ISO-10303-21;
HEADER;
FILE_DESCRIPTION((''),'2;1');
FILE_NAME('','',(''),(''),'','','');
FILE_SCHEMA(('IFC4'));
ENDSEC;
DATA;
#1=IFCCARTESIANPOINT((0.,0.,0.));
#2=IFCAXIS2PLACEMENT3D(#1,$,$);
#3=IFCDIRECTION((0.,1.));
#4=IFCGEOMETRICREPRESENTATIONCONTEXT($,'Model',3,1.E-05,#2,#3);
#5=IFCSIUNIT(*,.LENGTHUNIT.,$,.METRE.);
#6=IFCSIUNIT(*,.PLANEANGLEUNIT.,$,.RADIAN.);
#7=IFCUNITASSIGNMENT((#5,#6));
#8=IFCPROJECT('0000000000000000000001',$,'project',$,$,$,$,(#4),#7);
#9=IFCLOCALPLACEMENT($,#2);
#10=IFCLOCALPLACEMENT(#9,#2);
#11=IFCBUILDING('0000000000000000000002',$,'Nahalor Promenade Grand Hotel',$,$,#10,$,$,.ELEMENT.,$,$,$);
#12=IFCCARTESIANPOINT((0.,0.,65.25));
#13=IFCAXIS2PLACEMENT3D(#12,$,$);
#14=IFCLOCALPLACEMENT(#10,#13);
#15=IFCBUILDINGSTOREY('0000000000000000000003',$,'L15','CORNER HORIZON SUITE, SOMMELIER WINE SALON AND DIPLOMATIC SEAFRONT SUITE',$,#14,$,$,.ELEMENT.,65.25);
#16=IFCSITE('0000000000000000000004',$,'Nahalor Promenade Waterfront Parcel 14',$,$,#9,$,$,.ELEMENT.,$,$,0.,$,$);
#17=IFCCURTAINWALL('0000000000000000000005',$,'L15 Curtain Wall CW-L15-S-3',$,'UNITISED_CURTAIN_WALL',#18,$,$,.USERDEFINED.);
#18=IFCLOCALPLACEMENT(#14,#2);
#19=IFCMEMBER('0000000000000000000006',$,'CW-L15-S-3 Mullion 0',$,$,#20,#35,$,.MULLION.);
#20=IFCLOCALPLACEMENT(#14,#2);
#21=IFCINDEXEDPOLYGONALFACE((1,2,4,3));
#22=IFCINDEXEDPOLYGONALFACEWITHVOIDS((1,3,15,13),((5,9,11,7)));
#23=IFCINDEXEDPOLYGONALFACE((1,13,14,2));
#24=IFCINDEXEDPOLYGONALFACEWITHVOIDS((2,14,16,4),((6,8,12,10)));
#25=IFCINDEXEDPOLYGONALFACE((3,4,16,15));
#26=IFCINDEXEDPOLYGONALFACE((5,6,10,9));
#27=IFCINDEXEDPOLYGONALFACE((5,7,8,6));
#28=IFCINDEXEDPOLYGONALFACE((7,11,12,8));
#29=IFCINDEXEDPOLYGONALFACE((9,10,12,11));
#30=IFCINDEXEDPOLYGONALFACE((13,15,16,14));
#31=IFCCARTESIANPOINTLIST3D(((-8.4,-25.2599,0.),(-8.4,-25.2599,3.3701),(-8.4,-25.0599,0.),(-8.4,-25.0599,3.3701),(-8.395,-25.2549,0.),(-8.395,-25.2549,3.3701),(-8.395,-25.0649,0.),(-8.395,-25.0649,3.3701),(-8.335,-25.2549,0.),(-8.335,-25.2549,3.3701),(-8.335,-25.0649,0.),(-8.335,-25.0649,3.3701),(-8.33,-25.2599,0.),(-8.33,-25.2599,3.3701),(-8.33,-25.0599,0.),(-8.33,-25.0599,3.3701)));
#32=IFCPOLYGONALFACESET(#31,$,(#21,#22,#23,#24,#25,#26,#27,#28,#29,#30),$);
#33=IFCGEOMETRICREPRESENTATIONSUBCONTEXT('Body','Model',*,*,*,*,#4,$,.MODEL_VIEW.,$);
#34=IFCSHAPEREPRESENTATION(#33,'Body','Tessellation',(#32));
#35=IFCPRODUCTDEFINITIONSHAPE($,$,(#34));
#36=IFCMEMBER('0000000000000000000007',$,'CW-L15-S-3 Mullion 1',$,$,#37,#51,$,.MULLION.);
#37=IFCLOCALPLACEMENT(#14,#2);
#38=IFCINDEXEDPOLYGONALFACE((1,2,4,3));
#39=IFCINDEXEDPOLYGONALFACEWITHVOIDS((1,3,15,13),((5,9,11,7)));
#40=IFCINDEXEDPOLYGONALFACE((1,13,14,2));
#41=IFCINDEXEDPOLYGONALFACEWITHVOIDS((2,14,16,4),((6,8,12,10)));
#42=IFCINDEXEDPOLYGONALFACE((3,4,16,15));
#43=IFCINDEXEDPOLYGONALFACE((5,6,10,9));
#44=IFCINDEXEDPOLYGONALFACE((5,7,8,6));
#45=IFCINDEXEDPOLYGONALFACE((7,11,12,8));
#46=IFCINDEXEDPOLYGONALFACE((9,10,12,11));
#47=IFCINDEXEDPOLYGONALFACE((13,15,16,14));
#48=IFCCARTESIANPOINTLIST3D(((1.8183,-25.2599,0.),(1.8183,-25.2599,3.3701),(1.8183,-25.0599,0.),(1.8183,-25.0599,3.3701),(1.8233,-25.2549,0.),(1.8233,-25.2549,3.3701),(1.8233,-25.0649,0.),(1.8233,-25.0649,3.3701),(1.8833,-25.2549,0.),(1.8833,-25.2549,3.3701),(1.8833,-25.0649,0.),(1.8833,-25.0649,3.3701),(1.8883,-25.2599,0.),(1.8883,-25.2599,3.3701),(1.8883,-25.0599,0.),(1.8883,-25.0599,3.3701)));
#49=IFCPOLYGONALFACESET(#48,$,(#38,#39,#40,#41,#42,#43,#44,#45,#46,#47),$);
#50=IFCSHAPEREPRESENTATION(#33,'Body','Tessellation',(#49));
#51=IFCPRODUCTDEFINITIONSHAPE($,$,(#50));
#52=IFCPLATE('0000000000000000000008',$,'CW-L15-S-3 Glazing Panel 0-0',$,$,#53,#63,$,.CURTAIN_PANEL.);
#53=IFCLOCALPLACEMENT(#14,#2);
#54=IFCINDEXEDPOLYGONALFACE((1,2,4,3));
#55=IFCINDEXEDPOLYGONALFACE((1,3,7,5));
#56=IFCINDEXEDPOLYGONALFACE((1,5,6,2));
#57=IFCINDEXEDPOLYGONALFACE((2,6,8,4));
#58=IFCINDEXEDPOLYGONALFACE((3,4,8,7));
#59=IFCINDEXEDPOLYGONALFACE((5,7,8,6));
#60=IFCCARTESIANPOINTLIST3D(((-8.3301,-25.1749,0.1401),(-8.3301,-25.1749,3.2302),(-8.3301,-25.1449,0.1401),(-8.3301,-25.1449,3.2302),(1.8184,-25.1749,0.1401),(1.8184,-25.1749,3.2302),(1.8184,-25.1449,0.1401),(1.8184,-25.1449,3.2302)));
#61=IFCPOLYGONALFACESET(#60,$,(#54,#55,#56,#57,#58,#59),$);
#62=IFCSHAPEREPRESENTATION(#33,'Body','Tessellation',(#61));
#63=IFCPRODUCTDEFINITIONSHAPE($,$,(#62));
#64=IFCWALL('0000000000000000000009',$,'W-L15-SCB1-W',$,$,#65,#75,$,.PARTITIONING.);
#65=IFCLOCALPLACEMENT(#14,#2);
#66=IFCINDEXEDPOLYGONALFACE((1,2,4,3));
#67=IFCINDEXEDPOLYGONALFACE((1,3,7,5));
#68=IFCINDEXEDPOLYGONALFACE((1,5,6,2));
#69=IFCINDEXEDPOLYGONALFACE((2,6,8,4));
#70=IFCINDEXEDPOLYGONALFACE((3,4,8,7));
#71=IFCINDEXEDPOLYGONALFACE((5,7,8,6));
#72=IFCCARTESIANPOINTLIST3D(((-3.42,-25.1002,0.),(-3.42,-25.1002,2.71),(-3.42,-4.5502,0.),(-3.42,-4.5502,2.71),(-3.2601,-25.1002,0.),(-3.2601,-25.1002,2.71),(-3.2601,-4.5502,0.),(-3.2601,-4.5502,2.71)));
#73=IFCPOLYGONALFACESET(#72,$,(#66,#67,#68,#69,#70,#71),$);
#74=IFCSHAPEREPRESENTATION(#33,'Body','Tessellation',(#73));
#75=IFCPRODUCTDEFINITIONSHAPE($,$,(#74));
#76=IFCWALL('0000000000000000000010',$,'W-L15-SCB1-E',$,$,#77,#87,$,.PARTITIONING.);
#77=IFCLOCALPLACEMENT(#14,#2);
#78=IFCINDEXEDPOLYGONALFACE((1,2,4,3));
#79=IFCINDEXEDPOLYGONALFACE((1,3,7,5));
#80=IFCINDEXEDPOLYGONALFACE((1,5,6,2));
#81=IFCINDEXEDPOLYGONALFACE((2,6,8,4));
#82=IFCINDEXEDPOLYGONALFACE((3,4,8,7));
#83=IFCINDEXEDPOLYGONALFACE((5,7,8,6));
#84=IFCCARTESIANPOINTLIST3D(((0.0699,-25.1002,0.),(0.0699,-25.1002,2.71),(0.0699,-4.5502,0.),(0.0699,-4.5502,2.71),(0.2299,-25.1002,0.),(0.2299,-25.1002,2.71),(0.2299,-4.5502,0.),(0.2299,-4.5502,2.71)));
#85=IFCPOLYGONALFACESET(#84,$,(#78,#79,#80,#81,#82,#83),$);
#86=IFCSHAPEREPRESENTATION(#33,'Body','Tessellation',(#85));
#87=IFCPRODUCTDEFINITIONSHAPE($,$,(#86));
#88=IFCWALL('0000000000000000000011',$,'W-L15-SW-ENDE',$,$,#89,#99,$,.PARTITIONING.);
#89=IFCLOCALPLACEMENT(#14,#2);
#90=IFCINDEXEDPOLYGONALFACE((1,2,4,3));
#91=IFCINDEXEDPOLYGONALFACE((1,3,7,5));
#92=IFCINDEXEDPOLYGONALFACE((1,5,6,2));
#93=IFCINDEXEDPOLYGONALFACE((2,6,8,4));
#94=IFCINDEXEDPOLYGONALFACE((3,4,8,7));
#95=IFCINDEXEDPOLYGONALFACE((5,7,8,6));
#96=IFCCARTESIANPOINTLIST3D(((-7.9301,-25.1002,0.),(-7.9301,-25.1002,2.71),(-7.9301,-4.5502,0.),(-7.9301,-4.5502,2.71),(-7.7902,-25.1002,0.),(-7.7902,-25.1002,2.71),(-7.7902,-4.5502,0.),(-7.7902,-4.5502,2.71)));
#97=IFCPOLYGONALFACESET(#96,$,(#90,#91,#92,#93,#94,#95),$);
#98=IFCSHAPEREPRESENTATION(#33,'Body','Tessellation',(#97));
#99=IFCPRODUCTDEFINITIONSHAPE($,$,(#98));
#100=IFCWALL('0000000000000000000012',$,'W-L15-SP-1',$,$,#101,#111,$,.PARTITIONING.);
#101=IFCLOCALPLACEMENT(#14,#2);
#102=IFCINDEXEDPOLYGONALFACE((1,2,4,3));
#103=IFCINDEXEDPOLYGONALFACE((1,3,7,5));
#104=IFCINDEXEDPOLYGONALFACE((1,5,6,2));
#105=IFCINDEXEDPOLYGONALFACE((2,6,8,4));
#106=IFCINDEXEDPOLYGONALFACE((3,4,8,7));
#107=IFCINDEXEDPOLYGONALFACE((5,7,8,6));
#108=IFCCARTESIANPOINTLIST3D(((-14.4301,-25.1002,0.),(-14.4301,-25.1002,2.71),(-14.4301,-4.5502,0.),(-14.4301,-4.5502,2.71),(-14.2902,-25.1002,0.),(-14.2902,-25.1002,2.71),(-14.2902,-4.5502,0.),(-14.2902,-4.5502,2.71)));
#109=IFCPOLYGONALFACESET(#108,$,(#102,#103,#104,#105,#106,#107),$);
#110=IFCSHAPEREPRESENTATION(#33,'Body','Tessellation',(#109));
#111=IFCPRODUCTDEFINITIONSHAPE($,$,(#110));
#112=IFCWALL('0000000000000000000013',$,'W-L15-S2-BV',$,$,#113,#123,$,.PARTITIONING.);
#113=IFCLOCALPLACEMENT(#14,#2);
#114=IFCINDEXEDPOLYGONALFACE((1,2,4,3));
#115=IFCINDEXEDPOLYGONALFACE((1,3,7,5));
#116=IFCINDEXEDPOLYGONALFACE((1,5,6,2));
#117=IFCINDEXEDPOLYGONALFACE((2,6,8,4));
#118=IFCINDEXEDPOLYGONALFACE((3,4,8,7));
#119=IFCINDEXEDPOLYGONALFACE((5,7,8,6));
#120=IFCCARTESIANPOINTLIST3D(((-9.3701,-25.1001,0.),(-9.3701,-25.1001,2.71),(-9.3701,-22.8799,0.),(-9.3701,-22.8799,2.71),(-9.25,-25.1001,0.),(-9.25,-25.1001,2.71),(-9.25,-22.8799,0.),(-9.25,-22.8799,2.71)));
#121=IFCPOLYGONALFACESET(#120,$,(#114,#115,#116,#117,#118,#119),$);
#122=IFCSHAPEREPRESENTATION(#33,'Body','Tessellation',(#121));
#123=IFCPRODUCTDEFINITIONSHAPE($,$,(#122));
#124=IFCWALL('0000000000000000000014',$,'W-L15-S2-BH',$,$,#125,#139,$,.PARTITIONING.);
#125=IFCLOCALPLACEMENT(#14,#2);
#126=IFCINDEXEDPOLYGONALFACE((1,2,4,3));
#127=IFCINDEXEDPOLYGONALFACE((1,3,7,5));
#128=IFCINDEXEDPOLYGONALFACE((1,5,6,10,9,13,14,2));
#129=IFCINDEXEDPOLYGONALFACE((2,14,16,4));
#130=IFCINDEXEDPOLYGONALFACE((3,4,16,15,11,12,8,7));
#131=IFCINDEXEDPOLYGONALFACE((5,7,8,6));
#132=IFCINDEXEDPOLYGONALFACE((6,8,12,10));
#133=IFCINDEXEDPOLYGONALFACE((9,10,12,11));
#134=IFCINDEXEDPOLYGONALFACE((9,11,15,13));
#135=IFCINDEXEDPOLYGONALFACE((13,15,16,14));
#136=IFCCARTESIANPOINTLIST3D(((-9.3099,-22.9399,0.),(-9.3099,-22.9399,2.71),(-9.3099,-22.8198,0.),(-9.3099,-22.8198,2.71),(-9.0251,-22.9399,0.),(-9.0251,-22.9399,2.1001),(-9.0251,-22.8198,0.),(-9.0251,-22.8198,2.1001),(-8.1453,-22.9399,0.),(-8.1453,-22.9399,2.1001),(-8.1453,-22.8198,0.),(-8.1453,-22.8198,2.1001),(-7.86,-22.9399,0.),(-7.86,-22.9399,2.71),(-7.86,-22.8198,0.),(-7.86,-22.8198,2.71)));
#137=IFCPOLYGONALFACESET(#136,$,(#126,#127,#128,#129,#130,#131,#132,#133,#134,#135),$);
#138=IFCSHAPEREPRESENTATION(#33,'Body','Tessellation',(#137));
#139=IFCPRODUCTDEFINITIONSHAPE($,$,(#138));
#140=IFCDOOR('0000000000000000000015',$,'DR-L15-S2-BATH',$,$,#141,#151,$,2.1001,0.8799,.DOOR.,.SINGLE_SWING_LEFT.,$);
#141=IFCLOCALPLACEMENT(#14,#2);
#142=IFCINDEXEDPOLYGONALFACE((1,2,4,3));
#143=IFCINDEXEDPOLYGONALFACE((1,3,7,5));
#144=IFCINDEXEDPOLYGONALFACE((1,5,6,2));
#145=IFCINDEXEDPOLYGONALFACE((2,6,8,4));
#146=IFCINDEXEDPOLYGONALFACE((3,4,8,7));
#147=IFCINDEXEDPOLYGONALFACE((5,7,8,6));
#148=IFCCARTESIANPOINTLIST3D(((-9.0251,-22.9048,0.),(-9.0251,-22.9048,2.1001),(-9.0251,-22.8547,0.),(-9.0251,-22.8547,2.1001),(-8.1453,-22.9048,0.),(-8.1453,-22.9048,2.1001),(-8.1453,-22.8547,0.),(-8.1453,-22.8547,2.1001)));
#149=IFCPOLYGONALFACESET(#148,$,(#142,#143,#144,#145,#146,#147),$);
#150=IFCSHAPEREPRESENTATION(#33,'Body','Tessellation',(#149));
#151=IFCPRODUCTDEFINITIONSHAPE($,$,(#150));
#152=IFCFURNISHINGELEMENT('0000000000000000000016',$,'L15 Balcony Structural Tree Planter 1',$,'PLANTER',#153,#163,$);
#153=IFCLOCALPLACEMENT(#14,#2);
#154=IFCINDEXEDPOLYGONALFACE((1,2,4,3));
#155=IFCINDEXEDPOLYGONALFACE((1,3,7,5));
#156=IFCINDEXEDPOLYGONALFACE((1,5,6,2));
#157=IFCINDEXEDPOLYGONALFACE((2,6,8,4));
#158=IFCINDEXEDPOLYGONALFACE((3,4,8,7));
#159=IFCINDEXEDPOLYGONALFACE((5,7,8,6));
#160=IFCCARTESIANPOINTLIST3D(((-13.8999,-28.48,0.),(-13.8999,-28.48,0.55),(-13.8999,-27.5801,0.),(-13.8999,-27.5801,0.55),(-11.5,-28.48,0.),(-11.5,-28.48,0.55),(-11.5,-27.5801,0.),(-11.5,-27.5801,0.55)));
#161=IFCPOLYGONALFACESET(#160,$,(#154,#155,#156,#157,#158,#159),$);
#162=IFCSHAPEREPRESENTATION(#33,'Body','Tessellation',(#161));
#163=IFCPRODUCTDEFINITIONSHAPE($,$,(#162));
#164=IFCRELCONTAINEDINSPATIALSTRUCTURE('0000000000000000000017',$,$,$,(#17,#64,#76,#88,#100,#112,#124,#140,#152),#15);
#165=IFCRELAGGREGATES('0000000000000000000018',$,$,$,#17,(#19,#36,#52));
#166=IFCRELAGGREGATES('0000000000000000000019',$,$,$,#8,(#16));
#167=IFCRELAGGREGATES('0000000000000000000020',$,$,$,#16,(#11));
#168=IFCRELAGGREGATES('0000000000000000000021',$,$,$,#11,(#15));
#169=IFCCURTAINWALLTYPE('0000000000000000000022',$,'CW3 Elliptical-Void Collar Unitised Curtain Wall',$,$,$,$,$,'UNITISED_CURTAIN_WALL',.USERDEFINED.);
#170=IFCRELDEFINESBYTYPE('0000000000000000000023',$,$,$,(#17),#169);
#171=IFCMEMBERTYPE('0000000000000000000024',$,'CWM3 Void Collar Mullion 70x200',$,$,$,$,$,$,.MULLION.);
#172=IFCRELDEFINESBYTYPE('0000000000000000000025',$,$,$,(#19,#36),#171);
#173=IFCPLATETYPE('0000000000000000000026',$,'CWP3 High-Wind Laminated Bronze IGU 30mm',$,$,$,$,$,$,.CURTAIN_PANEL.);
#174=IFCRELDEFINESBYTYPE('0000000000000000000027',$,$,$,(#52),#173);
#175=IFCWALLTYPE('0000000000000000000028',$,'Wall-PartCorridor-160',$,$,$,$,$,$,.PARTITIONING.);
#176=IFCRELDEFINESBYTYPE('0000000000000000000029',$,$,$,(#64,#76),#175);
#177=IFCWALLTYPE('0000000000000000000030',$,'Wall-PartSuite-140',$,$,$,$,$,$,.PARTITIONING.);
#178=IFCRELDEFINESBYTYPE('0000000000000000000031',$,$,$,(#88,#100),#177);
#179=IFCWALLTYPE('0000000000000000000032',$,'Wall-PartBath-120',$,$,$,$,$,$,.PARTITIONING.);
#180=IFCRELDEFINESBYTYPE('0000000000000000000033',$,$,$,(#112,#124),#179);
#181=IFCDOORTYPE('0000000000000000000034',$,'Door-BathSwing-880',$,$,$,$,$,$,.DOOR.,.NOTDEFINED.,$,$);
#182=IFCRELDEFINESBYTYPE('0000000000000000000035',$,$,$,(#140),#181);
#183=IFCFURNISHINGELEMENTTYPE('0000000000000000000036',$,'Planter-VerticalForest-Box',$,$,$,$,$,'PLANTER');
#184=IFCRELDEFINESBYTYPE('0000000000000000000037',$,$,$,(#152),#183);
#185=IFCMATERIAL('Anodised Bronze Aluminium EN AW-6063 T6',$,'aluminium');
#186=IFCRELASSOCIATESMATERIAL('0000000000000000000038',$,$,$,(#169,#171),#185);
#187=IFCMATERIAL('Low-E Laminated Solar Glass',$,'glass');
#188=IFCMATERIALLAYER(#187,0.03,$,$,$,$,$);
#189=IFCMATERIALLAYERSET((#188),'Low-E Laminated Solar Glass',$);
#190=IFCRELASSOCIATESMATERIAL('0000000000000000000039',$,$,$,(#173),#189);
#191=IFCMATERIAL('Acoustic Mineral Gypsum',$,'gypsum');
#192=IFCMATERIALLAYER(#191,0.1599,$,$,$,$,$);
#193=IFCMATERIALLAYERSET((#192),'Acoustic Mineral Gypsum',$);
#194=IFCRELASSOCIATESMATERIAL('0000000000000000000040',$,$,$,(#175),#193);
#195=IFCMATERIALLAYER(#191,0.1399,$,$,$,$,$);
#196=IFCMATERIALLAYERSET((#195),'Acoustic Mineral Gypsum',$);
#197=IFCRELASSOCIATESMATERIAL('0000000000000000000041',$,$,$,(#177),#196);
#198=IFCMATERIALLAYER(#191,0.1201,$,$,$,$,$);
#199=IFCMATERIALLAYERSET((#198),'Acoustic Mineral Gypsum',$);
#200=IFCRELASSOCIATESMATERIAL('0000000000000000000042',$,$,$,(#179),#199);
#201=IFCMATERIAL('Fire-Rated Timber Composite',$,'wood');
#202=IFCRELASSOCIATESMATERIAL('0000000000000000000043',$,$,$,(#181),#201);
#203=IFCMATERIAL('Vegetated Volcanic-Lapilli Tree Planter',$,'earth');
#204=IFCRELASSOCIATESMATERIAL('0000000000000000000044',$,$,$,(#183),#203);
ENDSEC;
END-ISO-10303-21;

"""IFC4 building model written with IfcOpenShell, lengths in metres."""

from ifc_helpers import new_model, si_unit, direction, frame, frame_2d, origin, origin_2d, place, context, subcontext, project, spatial, rectangle, hollow_rectangle, extrude, source, transform, mapped, material, layer, layer_set, material_profile, profile_set, type_object, element, fill, aggregate, save


model = new_model("IFC4")

# Units and contexts
model_context = context("Model", 3, precision=1e-05, world=origin(), true_north=direction((0.0, 1.0)))
body_context = subcontext(model_context, "Body", "Model", "MODEL_VIEW")
ifc_project = project(units=[si_unit("LENGTHUNIT", "METRE"), si_unit("PLANEANGLEUNIT", "RADIAN")], contexts=[model_context])

# Site, building, storey
site_placement = place(None, origin())
site = spatial("IfcSite", under=ifc_project, at=site_placement, Name="Nahalor Promenade Waterfront Parcel 14", CompositionType="ELEMENT", RefElevation=0.0)
building_placement = place(site_placement, origin())
building = spatial("IfcBuilding", under=site, at=building_placement, Name="Nahalor Promenade Grand Hotel", CompositionType="ELEMENT")
storey_placement = place(building_placement, frame((0.0, 0.0, 65.25)))
storey = spatial("IfcBuildingStorey", under=building, at=storey_placement, Name="L15", Description="CORNER HORIZON SUITE, SOMMELIER WINE SALON AND DIPLOMATIC SEAFRONT SUITE", CompositionType="ELEMENT", Elevation=65.25)

# Curtain wall, members, plate
ifc_material_1 = material(Name="Anodised Bronze Aluminium EN AW-6063 T6", Category="aluminium")
curtain_wall_type = type_object("IfcCurtainWallType", Name="CW3 Elliptical-Void Collar Unitised Curtain Wall", ElementType="UNITISED_CURTAIN_WALL", PredefinedType="USERDEFINED", material=ifc_material_1)
curtain_wall_placement = place(storey_placement, origin())
curtain_wall = element("IfcCurtainWall", 1, at=curtain_wall_placement, inside=storey, type_object=curtain_wall_type, Name="L15 Curtain Wall CW-L15-S-3", ObjectType="UNITISED_CURTAIN_WALL", PredefinedType="USERDEFINED")
ifc_material_profile_1 = material_profile(ifc_material_1, hollow_rectangle(XDim=0.07, YDim=0.2, WallThickness=0.005, at=origin_2d()), Name="CWM 70x200x5")
ifc_profile_set_1 = profile_set([ifc_material_profile_1], Name="Anodised Bronze Aluminium EN AW-6063 T6")
member_type_1 = type_object("IfcMemberType", Name="CWM3 Void Collar Mullion 70x200", PredefinedType="MULLION", material=ifc_profile_set_1)
shared_shape_1 = source(origin(), body_context, "Body", "SweptSolid", [
    extrude(hollow_rectangle(XDim=0.07, YDim=0.2, WallThickness=0.005, at=origin_2d()), origin(), (0.0, 0.0, 1.0), 3.3701),
])
member_1_placement = place(storey_placement, frame((-8.365, -25.1599, 0.0), z_axis=(0.0, 0.0, 1.0), x_axis=(1.0, 0.0, 0.0)))
member_1 = element("IfcMember", 2, at=member_1_placement, type_object=member_type_1, Name="CW-L15-S-3 Mullion 0", PredefinedType="MULLION", context=body_context, shape_type="MappedRepresentation", body=[
    mapped(shared_shape_1, transform((0.0, 0.0, 0.0), scale=1.0)),
])
member_2_placement = place(storey_placement, frame((1.8533, -25.1599, 0.0), z_axis=(0.0, 0.0, 1.0), x_axis=(1.0, 0.0, 0.0)))
member_2 = element("IfcMember", 3, at=member_2_placement, type_object=member_type_1, Name="CW-L15-S-3 Mullion 1", PredefinedType="MULLION", context=body_context, shape_type="MappedRepresentation", body=[
    mapped(shared_shape_1, transform((0.0, 0.0, 0.0), scale=1.0)),
])
ifc_material_2 = material(Name="Low-E Laminated Solar Glass", Category="glass")
ifc_layer_1 = layer(ifc_material_2, 0.03)
ifc_layer_set_1 = layer_set([ifc_layer_1], Name="Low-E Laminated Solar Glass")
plate_type = type_object("IfcPlateType", Name="CWP3 High-Wind Laminated Bronze IGU 30mm", PredefinedType="CURTAIN_PANEL", material=ifc_layer_set_1)
shared_shape_2 = source(origin(), body_context, "Body", "SweptSolid", [
    extrude(rectangle(XDim=10.1484, YDim=0.03, at=origin_2d()), origin(), (0.0, 0.0, 1.0), 3.0901),
])
plate_placement = place(storey_placement, frame((-3.2559, -25.1599, 0.1401), z_axis=(0.0, 0.0, 1.0), x_axis=(1.0, 0.0, 0.0)))
plate = element("IfcPlate", 4, at=plate_placement, type_object=plate_type, Name="CW-L15-S-3 Glazing Panel 0-0", PredefinedType="CURTAIN_PANEL", context=body_context, shape_type="MappedRepresentation", body=[
    mapped(shared_shape_2, transform((0.0, 0.0, 0.0), scale=1.0)),
])
aggregate(curtain_wall, [member_1, member_2, plate])

# Walls
ifc_material_3 = material(Name="Acoustic Mineral Gypsum", Category="gypsum")
ifc_layer_2 = layer(ifc_material_3, 0.1599)
ifc_layer_set_2 = layer_set([ifc_layer_2], Name="Acoustic Mineral Gypsum")
wall_type_1 = type_object("IfcWallType", Name="Wall-PartCorridor-160", PredefinedType="PARTITIONING", material=ifc_layer_set_2)
shared_shape_3 = source(origin(), body_context, "Body", "SweptSolid", [
    extrude(rectangle(XDim=20.55, YDim=0.1599, at=frame_2d((10.2749, 0.0))), origin(), (0.0, 0.0, 1.0), 2.71),
])
for number, where, z_axis, x_axis, name in (
    (5, (-3.3401, -25.1001, 0.0), (0.0, 0.0, 1.0), (0.0, 1.0, 0.0), "W-L15-SCB1-W"),
    (6, (0.1499, -25.1001, 0.0), (0.0, 0.0, 1.0), (0.0, 1.0, 0.0), "W-L15-SCB1-E"),
):
    element("IfcWall", number, at=place(storey_placement, frame(where, z_axis=z_axis, x_axis=x_axis)), inside=storey, type_object=wall_type_1, Name=name, PredefinedType="PARTITIONING", context=body_context, shape_type="MappedRepresentation", body=[
        mapped(shared_shape_3, transform((0.0, 0.0, 0.0), scale=1.0)),
    ])
ifc_layer_3 = layer(ifc_material_3, 0.1399)
ifc_layer_set_3 = layer_set([ifc_layer_3], Name="Acoustic Mineral Gypsum")
wall_type_2 = type_object("IfcWallType", Name="Wall-PartSuite-140", PredefinedType="PARTITIONING", material=ifc_layer_set_3)
shared_shape_4 = source(origin(), body_context, "Body", "SweptSolid", [
    extrude(rectangle(XDim=20.55, YDim=0.1399, at=frame_2d((10.2749, 0.0))), origin(), (0.0, 0.0, 1.0), 2.71),
])
for number, where, z_axis, x_axis, name in (
    (7, (-7.8601, -25.1001, 0.0), (0.0, 0.0, 1.0), (0.0, 1.0, 0.0), "W-L15-SW-ENDE"),
    (8, (-14.3601, -25.1001, 0.0), (0.0, 0.0, 1.0), (0.0, 1.0, 0.0), "W-L15-SP-1"),
):
    element("IfcWall", number, at=place(storey_placement, frame(where, z_axis=z_axis, x_axis=x_axis)), inside=storey, type_object=wall_type_2, Name=name, PredefinedType="PARTITIONING", context=body_context, shape_type="MappedRepresentation", body=[
        mapped(shared_shape_4, transform((0.0, 0.0, 0.0), scale=1.0)),
    ])
ifc_layer_4 = layer(ifc_material_3, 0.1201)
ifc_layer_set_4 = layer_set([ifc_layer_4], Name="Acoustic Mineral Gypsum")
wall_type_3 = type_object("IfcWallType", Name="Wall-PartBath-120", PredefinedType="PARTITIONING", material=ifc_layer_set_4)
shared_shape_5 = source(origin(), body_context, "Body", "SweptSolid", [
    extrude(rectangle(XDim=2.2202, YDim=0.1201, at=frame_2d((1.1101, 0.0))), origin(), (0.0, 0.0, 1.0), 2.71),
])
wall_1_placement = place(storey_placement, frame((-9.3101, -25.1001, 0.0), z_axis=(0.0, 0.0, 1.0), x_axis=(0.0, 1.0, 0.0)))
element("IfcWall", 9, at=wall_1_placement, inside=storey, type_object=wall_type_3, Name="W-L15-S2-BV", PredefinedType="PARTITIONING", context=body_context, shape_type="MappedRepresentation", body=[
    mapped(shared_shape_5, transform((0.0, 0.0, 0.0), scale=1.0)),
])

# Wall, opening, door
shared_shape_6 = source(origin(), body_context, "Body", "SweptSolid", [
    extrude(rectangle(XDim=1.45, YDim=0.1201, at=frame_2d((0.7251, 0.0))), origin(), (0.0, 0.0, 1.0), 2.71),
])
wall_2_placement = place(storey_placement, frame((-9.3101, -22.8799, 0.0), z_axis=(0.0, 0.0, 1.0), x_axis=(1.0, 0.0, 0.0)))
wall_2 = element("IfcWall", 10, at=wall_2_placement, inside=storey, type_object=wall_type_3, Name="W-L15-S2-BH", PredefinedType="PARTITIONING", context=body_context, shape_type="MappedRepresentation", body=[
    mapped(shared_shape_6, transform((0.0, 0.0, 0.0), scale=1.0)),
])
opening_placement = place(wall_2_placement, frame((0.2849, 0.0, 0.0)))
opening = element("IfcOpeningElement", 11, at=opening_placement, cuts=wall_2, PredefinedType="OPENING", context=body_context, shape_type="SweptSolid", body=[
    extrude(rectangle(XDim=0.8799, YDim=2.1001, at=frame_2d((0.4399, 1.05))), frame((0.0, 0.0701, 0.0), z_axis=(0.0, -1.0, 0.0), x_axis=(1.0, 0.0, 0.0)), (0.0, 0.0, 1.0), 0.1401),
])
ifc_material_4 = material(Name="Fire-Rated Timber Composite", Category="wood")
door_type = type_object("IfcDoorType", Name="Door-BathSwing-880", OperationType="NOTDEFINED", PredefinedType="DOOR", material=ifc_material_4)
shared_shape_7 = source(origin(), body_context, "Body", "SweptSolid", [
    extrude(rectangle(XDim=0.8799, YDim=2.1001, at=frame_2d((0.4399, 1.05))), frame((0.0, 0.0249, 0.0), z_axis=(0.0, -1.0, 0.0), x_axis=(1.0, 0.0, 0.0)), (0.0, 0.0, 1.0), 0.05),
])
door_placement = place(opening_placement, frame((0.8799, 0.0, 0.0), z_axis=(0.0, 0.0, 1.0), x_axis=(-1.0, 0.0, 0.0)))
door = element("IfcDoor", 12, at=door_placement, inside=storey, type_object=door_type, Name="DR-L15-S2-BATH", OperationType="SINGLE_SWING_LEFT", OverallHeight=2.1001, OverallWidth=0.8799, PredefinedType="DOOR", context=body_context, shape_type="MappedRepresentation", body=[
    mapped(shared_shape_7, transform((0.0, 0.0, 0.0), scale=1.0)),
])
fill(opening, door)

# Furnishing element
ifc_material_5 = material(Name="Vegetated Volcanic-Lapilli Tree Planter", Category="earth")
furnishing_element_type = type_object("IfcFurnishingElementType", Name="Planter-VerticalForest-Box", ElementType="PLANTER", material=ifc_material_5)
shared_shape_8 = source(origin(), body_context, "Body", "SweptSolid", [
    extrude(rectangle(XDim=2.3999, YDim=0.8999, at=origin_2d()), origin(), (0.0, 0.0, 1.0), 0.55),
])
furnishing_placement = place(storey_placement, frame((-12.7, -28.03, 0.0), z_axis=(0.0, 0.0, 1.0), x_axis=(1.0, 0.0, 0.0)))
element("IfcFurnishingElement", 13, at=furnishing_placement, inside=storey, type_object=furnishing_element_type, Name="L15 Balcony Structural Tree Planter 1", ObjectType="PLANTER", context=body_context, shape_type="MappedRepresentation", body=[
    mapped(shared_shape_8, transform((0.0, 0.0, 0.0), scale=1.0)),
])

save(model, "model.ifc")
